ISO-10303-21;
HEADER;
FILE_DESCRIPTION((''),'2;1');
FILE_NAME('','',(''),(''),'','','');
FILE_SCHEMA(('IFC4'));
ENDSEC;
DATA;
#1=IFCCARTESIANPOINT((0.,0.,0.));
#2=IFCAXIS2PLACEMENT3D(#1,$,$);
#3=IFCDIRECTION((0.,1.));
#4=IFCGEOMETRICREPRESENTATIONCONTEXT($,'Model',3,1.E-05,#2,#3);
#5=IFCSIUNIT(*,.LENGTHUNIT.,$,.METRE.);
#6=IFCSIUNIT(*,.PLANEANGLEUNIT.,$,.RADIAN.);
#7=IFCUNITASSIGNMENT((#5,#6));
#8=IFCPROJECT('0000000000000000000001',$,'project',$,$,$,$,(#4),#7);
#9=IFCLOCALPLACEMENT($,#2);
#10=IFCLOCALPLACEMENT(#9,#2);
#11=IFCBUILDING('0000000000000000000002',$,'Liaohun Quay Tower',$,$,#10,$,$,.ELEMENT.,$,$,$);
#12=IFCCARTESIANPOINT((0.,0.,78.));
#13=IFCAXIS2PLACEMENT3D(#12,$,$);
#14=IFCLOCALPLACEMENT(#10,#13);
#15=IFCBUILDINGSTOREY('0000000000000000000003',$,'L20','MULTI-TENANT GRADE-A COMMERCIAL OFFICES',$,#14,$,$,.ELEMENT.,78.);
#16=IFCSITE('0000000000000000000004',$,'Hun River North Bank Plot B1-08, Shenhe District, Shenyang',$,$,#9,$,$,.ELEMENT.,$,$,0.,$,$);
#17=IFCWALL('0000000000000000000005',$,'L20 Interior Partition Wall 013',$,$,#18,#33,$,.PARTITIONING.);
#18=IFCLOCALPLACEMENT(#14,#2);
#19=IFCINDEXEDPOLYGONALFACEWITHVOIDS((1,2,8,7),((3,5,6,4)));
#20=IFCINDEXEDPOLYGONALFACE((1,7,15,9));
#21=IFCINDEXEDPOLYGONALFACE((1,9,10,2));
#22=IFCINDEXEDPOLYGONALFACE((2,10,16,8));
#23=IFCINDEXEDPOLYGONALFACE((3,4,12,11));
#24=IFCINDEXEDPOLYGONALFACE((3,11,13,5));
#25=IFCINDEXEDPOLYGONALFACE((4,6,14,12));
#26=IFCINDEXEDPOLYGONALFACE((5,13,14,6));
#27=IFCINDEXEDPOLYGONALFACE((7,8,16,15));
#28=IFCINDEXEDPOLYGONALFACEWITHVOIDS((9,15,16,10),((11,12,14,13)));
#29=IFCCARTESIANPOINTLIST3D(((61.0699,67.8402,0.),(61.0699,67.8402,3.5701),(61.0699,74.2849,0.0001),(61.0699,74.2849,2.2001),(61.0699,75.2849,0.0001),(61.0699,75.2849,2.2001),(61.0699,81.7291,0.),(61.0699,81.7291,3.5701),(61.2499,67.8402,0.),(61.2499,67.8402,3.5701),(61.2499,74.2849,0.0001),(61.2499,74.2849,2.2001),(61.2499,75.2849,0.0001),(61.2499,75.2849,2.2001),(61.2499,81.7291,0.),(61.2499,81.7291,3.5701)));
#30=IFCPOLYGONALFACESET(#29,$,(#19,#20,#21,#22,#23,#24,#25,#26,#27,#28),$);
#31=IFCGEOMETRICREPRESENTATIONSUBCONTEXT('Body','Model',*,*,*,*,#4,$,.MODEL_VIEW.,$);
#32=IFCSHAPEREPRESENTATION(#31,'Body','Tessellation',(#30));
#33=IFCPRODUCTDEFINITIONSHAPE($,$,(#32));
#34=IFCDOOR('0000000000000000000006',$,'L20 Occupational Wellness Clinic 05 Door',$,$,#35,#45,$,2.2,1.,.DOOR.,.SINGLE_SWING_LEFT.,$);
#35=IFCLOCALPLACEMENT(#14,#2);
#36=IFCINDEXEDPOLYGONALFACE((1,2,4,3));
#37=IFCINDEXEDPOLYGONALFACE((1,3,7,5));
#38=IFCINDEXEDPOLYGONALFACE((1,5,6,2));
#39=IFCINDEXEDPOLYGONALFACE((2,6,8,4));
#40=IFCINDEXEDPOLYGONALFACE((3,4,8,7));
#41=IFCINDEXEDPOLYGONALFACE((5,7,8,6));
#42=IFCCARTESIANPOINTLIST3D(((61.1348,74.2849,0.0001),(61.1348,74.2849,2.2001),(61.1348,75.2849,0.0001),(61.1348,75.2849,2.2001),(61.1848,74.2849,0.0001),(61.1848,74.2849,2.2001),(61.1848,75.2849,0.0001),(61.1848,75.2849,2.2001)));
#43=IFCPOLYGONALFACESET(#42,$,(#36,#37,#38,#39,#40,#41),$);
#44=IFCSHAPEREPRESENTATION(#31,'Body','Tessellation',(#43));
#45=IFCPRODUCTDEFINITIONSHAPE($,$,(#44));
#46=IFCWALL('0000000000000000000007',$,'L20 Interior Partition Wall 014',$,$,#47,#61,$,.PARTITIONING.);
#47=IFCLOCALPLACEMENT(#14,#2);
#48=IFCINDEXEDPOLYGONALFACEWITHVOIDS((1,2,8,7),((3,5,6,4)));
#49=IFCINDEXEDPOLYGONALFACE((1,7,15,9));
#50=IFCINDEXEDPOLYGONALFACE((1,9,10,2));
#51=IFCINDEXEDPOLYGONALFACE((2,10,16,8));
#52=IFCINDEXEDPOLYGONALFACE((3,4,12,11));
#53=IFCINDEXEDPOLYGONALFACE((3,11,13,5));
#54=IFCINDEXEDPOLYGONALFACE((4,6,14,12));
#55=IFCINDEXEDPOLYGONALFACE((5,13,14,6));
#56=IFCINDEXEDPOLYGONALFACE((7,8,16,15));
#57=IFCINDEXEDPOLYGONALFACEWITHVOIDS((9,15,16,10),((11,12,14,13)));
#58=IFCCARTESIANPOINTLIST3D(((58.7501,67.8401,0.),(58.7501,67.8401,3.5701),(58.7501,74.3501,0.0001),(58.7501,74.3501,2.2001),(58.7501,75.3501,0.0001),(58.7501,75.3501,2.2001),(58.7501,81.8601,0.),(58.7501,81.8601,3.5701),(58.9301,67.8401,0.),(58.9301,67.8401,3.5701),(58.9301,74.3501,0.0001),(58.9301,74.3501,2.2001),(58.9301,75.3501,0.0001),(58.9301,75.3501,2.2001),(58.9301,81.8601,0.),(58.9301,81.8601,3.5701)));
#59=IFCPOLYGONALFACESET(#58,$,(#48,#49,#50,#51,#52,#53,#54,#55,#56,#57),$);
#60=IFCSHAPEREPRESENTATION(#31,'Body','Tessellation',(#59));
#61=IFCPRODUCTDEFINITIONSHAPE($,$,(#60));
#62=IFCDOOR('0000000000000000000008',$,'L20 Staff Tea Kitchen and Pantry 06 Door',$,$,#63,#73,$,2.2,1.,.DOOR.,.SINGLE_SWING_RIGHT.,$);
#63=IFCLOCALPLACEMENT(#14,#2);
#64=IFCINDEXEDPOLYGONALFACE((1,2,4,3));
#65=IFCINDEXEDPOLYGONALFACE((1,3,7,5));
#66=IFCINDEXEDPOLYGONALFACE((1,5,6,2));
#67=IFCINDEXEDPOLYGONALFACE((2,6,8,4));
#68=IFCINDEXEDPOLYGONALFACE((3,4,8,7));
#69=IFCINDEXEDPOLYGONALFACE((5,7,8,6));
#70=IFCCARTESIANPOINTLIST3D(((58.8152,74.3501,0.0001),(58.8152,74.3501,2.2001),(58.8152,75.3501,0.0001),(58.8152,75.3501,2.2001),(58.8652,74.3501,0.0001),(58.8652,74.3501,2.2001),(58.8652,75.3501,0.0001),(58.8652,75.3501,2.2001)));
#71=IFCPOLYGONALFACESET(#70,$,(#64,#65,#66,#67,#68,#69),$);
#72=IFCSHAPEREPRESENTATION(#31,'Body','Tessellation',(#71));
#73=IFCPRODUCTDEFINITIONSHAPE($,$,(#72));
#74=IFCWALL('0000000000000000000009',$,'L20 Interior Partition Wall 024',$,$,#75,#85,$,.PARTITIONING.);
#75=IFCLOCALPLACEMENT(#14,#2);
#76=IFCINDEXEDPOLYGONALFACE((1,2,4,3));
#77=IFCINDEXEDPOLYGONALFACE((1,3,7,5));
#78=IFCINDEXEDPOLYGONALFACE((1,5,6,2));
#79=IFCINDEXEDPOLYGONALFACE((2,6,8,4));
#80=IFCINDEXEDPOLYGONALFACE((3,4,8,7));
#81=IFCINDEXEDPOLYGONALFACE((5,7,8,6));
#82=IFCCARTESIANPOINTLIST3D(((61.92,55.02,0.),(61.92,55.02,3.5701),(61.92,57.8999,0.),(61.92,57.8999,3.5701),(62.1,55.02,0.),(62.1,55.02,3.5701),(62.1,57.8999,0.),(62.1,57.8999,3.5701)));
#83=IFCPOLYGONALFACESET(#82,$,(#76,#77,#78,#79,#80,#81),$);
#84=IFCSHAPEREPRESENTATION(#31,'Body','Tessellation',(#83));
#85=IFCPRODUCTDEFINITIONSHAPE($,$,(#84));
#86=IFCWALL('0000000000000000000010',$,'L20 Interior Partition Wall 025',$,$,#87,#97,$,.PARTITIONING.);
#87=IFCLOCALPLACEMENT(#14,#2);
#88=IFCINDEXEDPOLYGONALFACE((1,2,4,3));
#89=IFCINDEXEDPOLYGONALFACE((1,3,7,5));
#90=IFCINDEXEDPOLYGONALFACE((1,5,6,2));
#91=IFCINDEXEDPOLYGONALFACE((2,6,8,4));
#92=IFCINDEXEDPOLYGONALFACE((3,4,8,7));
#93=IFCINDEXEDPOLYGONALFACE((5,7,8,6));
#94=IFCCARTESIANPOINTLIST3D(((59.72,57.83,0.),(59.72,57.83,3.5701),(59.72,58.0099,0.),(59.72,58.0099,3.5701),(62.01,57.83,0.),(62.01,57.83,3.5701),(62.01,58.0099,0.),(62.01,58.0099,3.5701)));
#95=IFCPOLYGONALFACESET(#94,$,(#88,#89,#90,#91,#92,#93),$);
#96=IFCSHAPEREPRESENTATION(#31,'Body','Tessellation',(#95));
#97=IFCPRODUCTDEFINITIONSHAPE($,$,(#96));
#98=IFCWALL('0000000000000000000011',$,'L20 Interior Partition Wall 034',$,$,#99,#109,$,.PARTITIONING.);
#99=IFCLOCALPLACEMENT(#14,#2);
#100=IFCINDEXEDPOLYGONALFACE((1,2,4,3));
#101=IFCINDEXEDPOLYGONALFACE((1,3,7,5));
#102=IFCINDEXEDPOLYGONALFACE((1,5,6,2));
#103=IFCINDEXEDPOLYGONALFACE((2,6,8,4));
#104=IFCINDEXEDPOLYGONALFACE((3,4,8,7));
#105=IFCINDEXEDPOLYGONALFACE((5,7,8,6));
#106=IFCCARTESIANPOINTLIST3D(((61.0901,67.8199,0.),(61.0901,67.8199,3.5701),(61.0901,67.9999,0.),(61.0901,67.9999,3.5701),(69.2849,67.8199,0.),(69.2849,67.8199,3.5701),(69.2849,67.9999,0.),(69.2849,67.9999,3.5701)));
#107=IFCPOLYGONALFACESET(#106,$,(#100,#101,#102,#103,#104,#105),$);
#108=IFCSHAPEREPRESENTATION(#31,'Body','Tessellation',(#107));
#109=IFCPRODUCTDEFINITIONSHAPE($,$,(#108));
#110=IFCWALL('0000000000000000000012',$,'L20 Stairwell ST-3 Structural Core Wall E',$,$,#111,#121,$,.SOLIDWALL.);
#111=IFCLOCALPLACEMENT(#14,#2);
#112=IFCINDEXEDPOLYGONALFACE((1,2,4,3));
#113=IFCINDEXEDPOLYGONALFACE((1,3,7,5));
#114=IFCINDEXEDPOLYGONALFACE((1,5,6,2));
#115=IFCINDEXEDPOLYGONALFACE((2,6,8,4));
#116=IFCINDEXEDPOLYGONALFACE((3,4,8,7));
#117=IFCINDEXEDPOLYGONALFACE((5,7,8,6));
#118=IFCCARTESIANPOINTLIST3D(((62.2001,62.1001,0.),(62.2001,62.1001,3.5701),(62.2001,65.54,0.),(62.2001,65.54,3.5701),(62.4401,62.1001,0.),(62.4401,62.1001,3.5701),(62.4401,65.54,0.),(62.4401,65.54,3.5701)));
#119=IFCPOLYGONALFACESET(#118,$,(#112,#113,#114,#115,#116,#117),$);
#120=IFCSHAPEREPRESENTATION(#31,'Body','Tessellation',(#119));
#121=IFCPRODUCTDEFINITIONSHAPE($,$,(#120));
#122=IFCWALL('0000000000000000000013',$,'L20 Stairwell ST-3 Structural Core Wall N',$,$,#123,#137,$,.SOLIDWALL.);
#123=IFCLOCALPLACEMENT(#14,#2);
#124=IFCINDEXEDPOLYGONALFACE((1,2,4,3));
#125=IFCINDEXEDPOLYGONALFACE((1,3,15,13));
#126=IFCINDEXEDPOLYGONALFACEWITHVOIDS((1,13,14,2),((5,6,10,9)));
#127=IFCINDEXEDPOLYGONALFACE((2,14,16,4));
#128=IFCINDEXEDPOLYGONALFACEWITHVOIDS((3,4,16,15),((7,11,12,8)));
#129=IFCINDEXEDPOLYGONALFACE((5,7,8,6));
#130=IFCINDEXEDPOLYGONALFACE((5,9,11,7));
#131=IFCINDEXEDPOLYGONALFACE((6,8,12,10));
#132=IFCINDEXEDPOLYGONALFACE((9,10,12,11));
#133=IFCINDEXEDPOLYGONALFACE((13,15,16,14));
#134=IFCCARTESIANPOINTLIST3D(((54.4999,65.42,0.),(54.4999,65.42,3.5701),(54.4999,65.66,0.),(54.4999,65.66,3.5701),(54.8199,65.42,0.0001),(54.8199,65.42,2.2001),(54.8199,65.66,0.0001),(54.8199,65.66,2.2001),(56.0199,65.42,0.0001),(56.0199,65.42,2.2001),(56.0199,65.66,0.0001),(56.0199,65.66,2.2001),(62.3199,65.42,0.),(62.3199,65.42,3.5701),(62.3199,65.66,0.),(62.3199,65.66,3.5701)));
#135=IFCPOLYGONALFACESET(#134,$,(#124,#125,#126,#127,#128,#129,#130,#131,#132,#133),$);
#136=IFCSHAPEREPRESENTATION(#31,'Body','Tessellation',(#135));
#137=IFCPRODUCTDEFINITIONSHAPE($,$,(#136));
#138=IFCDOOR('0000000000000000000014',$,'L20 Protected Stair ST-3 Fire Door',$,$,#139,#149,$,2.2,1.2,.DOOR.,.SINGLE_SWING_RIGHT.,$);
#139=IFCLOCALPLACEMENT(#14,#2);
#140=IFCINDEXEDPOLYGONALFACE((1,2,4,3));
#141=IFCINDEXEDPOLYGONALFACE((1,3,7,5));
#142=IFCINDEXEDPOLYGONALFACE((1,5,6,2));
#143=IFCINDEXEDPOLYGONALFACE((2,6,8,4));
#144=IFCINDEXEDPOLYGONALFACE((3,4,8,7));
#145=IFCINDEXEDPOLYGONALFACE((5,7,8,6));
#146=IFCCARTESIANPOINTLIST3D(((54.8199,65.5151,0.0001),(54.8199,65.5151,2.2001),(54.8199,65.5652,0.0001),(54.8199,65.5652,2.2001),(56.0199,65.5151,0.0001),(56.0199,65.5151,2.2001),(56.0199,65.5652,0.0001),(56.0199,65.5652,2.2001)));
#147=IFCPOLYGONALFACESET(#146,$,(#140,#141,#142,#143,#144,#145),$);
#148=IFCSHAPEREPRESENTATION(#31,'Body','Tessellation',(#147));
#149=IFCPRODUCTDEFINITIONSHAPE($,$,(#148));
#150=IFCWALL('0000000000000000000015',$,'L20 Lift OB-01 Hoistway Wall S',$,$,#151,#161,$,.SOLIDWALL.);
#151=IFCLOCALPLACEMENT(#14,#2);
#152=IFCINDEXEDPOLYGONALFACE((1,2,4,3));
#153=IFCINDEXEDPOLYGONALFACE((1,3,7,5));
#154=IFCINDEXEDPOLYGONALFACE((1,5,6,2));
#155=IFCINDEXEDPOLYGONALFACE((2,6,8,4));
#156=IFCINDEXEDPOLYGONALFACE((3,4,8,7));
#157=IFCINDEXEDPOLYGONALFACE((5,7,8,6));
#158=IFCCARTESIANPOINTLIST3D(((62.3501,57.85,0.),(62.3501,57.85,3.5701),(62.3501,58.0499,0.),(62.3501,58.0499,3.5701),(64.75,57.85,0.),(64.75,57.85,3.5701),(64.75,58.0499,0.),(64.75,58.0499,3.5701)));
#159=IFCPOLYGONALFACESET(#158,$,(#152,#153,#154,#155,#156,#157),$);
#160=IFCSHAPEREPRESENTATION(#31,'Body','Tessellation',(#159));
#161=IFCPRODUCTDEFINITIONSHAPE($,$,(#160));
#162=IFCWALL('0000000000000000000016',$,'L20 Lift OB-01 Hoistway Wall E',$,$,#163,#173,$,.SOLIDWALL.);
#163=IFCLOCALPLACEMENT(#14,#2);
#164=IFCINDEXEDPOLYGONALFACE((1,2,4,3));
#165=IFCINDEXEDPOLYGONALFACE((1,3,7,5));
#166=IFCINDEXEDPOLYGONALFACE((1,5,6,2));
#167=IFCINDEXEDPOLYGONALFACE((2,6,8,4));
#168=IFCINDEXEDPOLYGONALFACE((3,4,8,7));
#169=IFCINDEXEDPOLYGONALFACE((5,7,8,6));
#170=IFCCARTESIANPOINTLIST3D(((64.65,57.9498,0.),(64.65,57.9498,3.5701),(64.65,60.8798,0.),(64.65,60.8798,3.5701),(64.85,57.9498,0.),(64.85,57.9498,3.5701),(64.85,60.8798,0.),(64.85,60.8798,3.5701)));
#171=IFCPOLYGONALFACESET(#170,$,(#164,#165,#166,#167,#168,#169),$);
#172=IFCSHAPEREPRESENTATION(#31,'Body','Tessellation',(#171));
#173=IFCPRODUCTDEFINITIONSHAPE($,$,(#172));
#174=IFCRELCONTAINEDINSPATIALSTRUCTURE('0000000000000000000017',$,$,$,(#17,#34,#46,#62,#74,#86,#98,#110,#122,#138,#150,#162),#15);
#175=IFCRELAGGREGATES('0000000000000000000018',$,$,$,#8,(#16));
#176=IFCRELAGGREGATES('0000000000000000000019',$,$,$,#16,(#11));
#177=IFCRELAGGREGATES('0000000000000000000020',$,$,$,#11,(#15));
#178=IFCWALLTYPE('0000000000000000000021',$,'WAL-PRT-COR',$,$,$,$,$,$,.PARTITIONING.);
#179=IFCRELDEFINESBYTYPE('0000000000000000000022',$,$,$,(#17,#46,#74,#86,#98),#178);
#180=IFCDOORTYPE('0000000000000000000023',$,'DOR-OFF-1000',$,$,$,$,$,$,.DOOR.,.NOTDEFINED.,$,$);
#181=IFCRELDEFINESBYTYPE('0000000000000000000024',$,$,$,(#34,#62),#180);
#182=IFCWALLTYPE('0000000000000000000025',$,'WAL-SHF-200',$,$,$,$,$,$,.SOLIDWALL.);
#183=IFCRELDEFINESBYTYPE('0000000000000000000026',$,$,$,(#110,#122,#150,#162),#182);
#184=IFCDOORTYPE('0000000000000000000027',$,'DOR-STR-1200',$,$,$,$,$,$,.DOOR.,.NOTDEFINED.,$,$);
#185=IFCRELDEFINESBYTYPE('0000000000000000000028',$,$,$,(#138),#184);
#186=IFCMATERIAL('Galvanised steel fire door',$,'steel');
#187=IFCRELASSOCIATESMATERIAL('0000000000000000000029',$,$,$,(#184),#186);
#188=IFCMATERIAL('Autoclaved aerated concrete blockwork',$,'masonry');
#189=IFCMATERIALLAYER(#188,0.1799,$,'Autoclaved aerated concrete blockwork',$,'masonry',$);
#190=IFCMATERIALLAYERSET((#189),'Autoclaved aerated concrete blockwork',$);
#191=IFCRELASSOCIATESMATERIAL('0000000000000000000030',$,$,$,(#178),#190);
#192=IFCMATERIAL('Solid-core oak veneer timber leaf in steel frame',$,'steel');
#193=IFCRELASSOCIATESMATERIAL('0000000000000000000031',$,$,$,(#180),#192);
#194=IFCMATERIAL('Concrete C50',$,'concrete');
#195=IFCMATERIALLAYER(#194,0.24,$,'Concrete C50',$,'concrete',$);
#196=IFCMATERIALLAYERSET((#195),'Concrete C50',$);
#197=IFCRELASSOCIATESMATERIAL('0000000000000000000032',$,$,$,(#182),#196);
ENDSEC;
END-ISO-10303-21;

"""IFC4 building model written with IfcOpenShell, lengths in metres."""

from ifc_helpers import new_model, si_unit, direction, frame, frame_2d, origin, place, context, subcontext, project, spatial, rectangle, extrude, source, transform, mapped, material, layer, layer_set, type_object, element, fill, save


model = new_model("IFC4")

# Units and contexts
model_context = context("Model", 3, precision=1e-05, world=origin(), true_north=direction((0.0, 1.0)))
body_context = subcontext(model_context, "Body", "Model", "MODEL_VIEW")
ifc_project = project(units=[si_unit("LENGTHUNIT", "METRE"), si_unit("PLANEANGLEUNIT", "RADIAN")], contexts=[model_context])

# Site, building, storey
site_placement = place(None, origin())
site = spatial("IfcSite", under=ifc_project, at=site_placement, Name="Hun River North Bank Plot B1-08, Shenhe District, Shenyang", CompositionType="ELEMENT", RefElevation=0.0)
building_placement = place(site_placement, origin())
building = spatial("IfcBuilding", under=site, at=building_placement, Name="Liaohun Quay Tower", CompositionType="ELEMENT")
storey_placement = place(building_placement, frame((0.0, 0.0, 78.0)))
storey = spatial("IfcBuildingStorey", under=building, at=storey_placement, Name="L20", Description="MULTI-TENANT GRADE-A COMMERCIAL OFFICES", CompositionType="ELEMENT", Elevation=78.0)

# Walls, openings, doors
ifc_material_1 = material(Name="Galvanised steel fire door", Category="steel")
door_type_1 = type_object("IfcDoorType", Name="DOR-STR-1200", OperationType="NOTDEFINED", PredefinedType="DOOR", material=ifc_material_1)
shared_shape_1 = source(origin(), body_context, "Body", "SweptSolid", [
    extrude(rectangle(XDim=1.2, YDim=2.2, at=frame_2d((0.6001, 1.1001))), frame((0.0, 0.0249, 0.0), z_axis=(0.0, -1.0, 0.0), x_axis=(1.0, 0.0, 0.0)), (0.0, 0.0, 1.0), 0.05),
])
ifc_material_2 = material(Name="Autoclaved aerated concrete blockwork", Category="masonry")
ifc_layer_1 = layer(ifc_material_2, 0.1799, Name="Autoclaved aerated concrete blockwork", Category="masonry")
ifc_layer_set_1 = layer_set([ifc_layer_1], Name="Autoclaved aerated concrete blockwork")
wall_type_1 = type_object("IfcWallType", Name="WAL-PRT-COR", PredefinedType="PARTITIONING", material=ifc_layer_set_1)
shared_shape_2 = source(origin(), body_context, "Body", "SweptSolid", [
    extrude(rectangle(XDim=1.0, YDim=2.2, at=frame_2d((0.5, 1.1001))), frame((0.0, 0.0999, 0.0), z_axis=(0.0, -1.0, 0.0), x_axis=(1.0, 0.0, 0.0)), (0.0, 0.0, 1.0), 0.2),
])
ifc_material_3 = material(Name="Solid-core oak veneer timber leaf in steel frame", Category="steel")
door_type_2 = type_object("IfcDoorType", Name="DOR-OFF-1000", OperationType="NOTDEFINED", PredefinedType="DOOR", material=ifc_material_3)
shared_shape_3 = source(origin(), body_context, "Body", "SweptSolid", [
    extrude(rectangle(XDim=1.0, YDim=2.2, at=frame_2d((0.5, 1.1001))), frame((0.0, 0.0249, 0.0), z_axis=(0.0, -1.0, 0.0), x_axis=(1.0, 0.0, 0.0)), (0.0, 0.0, 1.0), 0.05),
])
wall_1_placement = place(storey_placement, frame((61.1599, 81.729, 0.0), z_axis=(0.0, 0.0, 1.0), x_axis=(0.0, -1.0, 0.0)))
wall_1 = element("IfcWall", 1, at=wall_1_placement, inside=storey, type_object=wall_type_1, Name="L20 Interior Partition Wall 013", PredefinedType="PARTITIONING", context=body_context, shape_type="SweptSolid", body=[
    extrude(rectangle(XDim=13.8889, YDim=0.1799, at=frame_2d((6.9443, 0.0))), origin(), (0.0, 0.0, 1.0), 3.5701),
])
opening_1_placement = place(wall_1_placement, frame((6.4441, 0.0, 0.0)))
opening_1 = element("IfcOpeningElement", 2, at=opening_1_placement, cuts=wall_1, PredefinedType="OPENING", context=body_context, shape_type="MappedRepresentation", body=[
    mapped(shared_shape_2, transform((0.0, 0.0, 0.0), x_axis=(1.0, 0.0, 0.0), y_axis=(0.0, 1.0, 0.0), z_axis=(0.0, 0.0, 1.0), scale=1.0)),
])
door_1_placement = place(opening_1_placement, origin())
door_1 = element("IfcDoor", 3, at=door_1_placement, inside=storey, type_object=door_type_2, Name="L20 Occupational Wellness Clinic 05 Door", OperationType="SINGLE_SWING_LEFT", OverallHeight=2.2, OverallWidth=1.0, PredefinedType="DOOR", context=body_context, shape_type="MappedRepresentation", body=[
    mapped(shared_shape_3, transform((0.0, 0.0, 0.0), x_axis=(1.0, 0.0, 0.0), y_axis=(0.0, 1.0, 0.0), z_axis=(0.0, 0.0, 1.0), scale=1.0)),
])
fill(opening_1, door_1)
wall_2_placement = place(storey_placement, frame((58.8401, 67.8401, 0.0), z_axis=(0.0, 0.0, 1.0), x_axis=(0.0, 1.0, 0.0)))
wall_2 = element("IfcWall", 4, at=wall_2_placement, inside=storey, type_object=wall_type_1, Name="L20 Interior Partition Wall 014", PredefinedType="PARTITIONING", context=body_context, shape_type="SweptSolid", body=[
    extrude(rectangle(XDim=14.02, YDim=0.1799, at=frame_2d((7.01, 0.0))), origin(), (0.0, 0.0, 1.0), 3.5701),
])
opening_2_placement = place(wall_2_placement, frame((6.51, 0.0, 0.0)))
opening_2 = element("IfcOpeningElement", 5, at=opening_2_placement, cuts=wall_2, PredefinedType="OPENING", context=body_context, shape_type="MappedRepresentation", body=[
    mapped(shared_shape_2, transform((0.0, 0.0, 0.0), x_axis=(1.0, 0.0, 0.0), y_axis=(0.0, 1.0, 0.0), z_axis=(0.0, 0.0, 1.0), scale=1.0)),
])
door_2_placement = place(opening_2_placement, origin())
door_2 = element("IfcDoor", 6, at=door_2_placement, inside=storey, type_object=door_type_2, Name="L20 Staff Tea Kitchen and Pantry 06 Door", OperationType="SINGLE_SWING_RIGHT", OverallHeight=2.2, OverallWidth=1.0, PredefinedType="DOOR", context=body_context, shape_type="MappedRepresentation", body=[
    mapped(shared_shape_3, transform((0.0, 0.0, 0.0), x_axis=(1.0, 0.0, 0.0), y_axis=(0.0, 1.0, 0.0), z_axis=(0.0, 0.0, 1.0), scale=1.0)),
])
fill(opening_2, door_2)

# Walls
wall_3_placement = place(storey_placement, frame((62.01, 55.02, 0.0), z_axis=(0.0, 0.0, 1.0), x_axis=(0.0, 1.0, 0.0)))
element("IfcWall", 7, at=wall_3_placement, inside=storey, type_object=wall_type_1, Name="L20 Interior Partition Wall 024", PredefinedType="PARTITIONING", context=body_context, shape_type="SweptSolid", body=[
    extrude(rectangle(XDim=2.8799, YDim=0.1799, at=frame_2d((1.4399, 0.0))), origin(), (0.0, 0.0, 1.0), 3.5701),
])
wall_4_placement = place(storey_placement, frame((59.72, 57.9199, 0.0), z_axis=(0.0, 0.0, 1.0), x_axis=(1.0, 0.0, 0.0)))
element("IfcWall", 8, at=wall_4_placement, inside=storey, type_object=wall_type_1, Name="L20 Interior Partition Wall 025", PredefinedType="PARTITIONING", context=body_context, shape_type="SweptSolid", body=[
    extrude(rectangle(XDim=2.29, YDim=0.1799, at=frame_2d((1.145, 0.0))), origin(), (0.0, 0.0, 1.0), 3.5701),
])
wall_5_placement = place(storey_placement, frame((61.0901, 67.9099, 0.0), z_axis=(0.0, 0.0, 1.0), x_axis=(1.0, 0.0, 0.0)))
element("IfcWall", 9, at=wall_5_placement, inside=storey, type_object=wall_type_1, Name="L20 Interior Partition Wall 034", PredefinedType="PARTITIONING", context=body_context, shape_type="SweptSolid", body=[
    extrude(rectangle(XDim=8.1948, YDim=0.1799, at=frame_2d((4.0974, 0.0))), origin(), (0.0, 0.0, 1.0), 3.5701),
])
ifc_material_4 = material(Name="Concrete C50", Category="concrete")
ifc_layer_2 = layer(ifc_material_4, 0.24, Name="Concrete C50", Category="concrete")
ifc_layer_set_2 = layer_set([ifc_layer_2], Name="Concrete C50")
wall_type_2 = type_object("IfcWallType", Name="WAL-SHF-200", PredefinedType="SOLIDWALL", material=ifc_layer_set_2)
wall_6_placement = place(storey_placement, frame((62.3201, 62.1001, 0.0), z_axis=(0.0, 0.0, 1.0), x_axis=(0.0, 1.0, 0.0)))
element("IfcWall", 10, at=wall_6_placement, inside=storey, type_object=wall_type_2, Name="L20 Stairwell ST-3 Structural Core Wall E", PredefinedType="SOLIDWALL", context=body_context, shape_type="SweptSolid", body=[
    extrude(rectangle(XDim=3.4399, YDim=0.24, at=frame_2d((1.72, 0.0))), origin(), (0.0, 0.0, 1.0), 3.5701),
])

# Wall, opening, door
wall_7_placement = place(storey_placement, frame((62.3201, 65.54, 0.0), z_axis=(0.0, 0.0, 1.0), x_axis=(-1.0, 0.0, 0.0)))
wall_7 = element("IfcWall", 11, at=wall_7_placement, inside=storey, type_object=wall_type_2, Name="L20 Stairwell ST-3 Structural Core Wall N", PredefinedType="SOLIDWALL", context=body_context, shape_type="SweptSolid", body=[
    extrude(rectangle(XDim=7.8201, YDim=0.24, at=frame_2d((3.9102, 0.0))), origin(), (0.0, 0.0, 1.0), 3.5701),
])
shared_shape_4 = source(origin(), body_context, "Body", "SweptSolid", [
    extrude(rectangle(XDim=1.2, YDim=2.2, at=frame_2d((0.6001, 1.1001))), frame((0.0, 0.1299, 0.0), z_axis=(0.0, -1.0, 0.0), x_axis=(1.0, 0.0, 0.0)), (0.0, 0.0, 1.0), 0.26),
])
opening_3_placement = place(wall_7_placement, frame((6.3, 0.0, 0.0)))
opening_3 = element("IfcOpeningElement", 12, at=opening_3_placement, cuts=wall_7, PredefinedType="OPENING", context=body_context, shape_type="MappedRepresentation", body=[
    mapped(shared_shape_4, transform((0.0, 0.0, 0.0), x_axis=(1.0, 0.0, 0.0), y_axis=(0.0, 1.0, 0.0), z_axis=(0.0, 0.0, 1.0), scale=1.0)),
])
door_3_placement = place(opening_3_placement, origin())
door_3 = element("IfcDoor", 13, at=door_3_placement, inside=storey, type_object=door_type_1, Name="L20 Protected Stair ST-3 Fire Door", OperationType="SINGLE_SWING_RIGHT", OverallHeight=2.2, OverallWidth=1.2, PredefinedType="DOOR", context=body_context, shape_type="MappedRepresentation", body=[
    mapped(shared_shape_1, transform((0.0, 0.0, 0.0), x_axis=(1.0, 0.0, 0.0), y_axis=(0.0, 1.0, 0.0), z_axis=(0.0, 0.0, 1.0), scale=1.0)),
])
fill(opening_3, door_3)

# Walls
wall_8_placement = place(storey_placement, frame((62.3501, 57.95, 0.0), z_axis=(0.0, 0.0, 1.0), x_axis=(1.0, 0.0, 0.0)))
element("IfcWall", 14, at=wall_8_placement, inside=storey, type_object=wall_type_2, Name="L20 Lift OB-01 Hoistway Wall S", PredefinedType="SOLIDWALL", context=body_context, shape_type="SweptSolid", body=[
    extrude(rectangle(XDim=2.3999, YDim=0.2, at=frame_2d((1.2, 0.0))), origin(), (0.0, 0.0, 1.0), 3.5701),
])
wall_9_placement = place(storey_placement, frame((64.75, 57.95, 0.0), z_axis=(0.0, 0.0, 1.0), x_axis=(0.0, 1.0, 0.0)))
element("IfcWall", 15, at=wall_9_placement, inside=storey, type_object=wall_type_2, Name="L20 Lift OB-01 Hoistway Wall E", PredefinedType="SOLIDWALL", context=body_context, shape_type="SweptSolid", body=[
    extrude(rectangle(XDim=2.9299, YDim=0.2, at=frame_2d((1.4648, 0.0))), origin(), (0.0, 0.0, 1.0), 3.5701),
])

save(model, "model.ifc")
